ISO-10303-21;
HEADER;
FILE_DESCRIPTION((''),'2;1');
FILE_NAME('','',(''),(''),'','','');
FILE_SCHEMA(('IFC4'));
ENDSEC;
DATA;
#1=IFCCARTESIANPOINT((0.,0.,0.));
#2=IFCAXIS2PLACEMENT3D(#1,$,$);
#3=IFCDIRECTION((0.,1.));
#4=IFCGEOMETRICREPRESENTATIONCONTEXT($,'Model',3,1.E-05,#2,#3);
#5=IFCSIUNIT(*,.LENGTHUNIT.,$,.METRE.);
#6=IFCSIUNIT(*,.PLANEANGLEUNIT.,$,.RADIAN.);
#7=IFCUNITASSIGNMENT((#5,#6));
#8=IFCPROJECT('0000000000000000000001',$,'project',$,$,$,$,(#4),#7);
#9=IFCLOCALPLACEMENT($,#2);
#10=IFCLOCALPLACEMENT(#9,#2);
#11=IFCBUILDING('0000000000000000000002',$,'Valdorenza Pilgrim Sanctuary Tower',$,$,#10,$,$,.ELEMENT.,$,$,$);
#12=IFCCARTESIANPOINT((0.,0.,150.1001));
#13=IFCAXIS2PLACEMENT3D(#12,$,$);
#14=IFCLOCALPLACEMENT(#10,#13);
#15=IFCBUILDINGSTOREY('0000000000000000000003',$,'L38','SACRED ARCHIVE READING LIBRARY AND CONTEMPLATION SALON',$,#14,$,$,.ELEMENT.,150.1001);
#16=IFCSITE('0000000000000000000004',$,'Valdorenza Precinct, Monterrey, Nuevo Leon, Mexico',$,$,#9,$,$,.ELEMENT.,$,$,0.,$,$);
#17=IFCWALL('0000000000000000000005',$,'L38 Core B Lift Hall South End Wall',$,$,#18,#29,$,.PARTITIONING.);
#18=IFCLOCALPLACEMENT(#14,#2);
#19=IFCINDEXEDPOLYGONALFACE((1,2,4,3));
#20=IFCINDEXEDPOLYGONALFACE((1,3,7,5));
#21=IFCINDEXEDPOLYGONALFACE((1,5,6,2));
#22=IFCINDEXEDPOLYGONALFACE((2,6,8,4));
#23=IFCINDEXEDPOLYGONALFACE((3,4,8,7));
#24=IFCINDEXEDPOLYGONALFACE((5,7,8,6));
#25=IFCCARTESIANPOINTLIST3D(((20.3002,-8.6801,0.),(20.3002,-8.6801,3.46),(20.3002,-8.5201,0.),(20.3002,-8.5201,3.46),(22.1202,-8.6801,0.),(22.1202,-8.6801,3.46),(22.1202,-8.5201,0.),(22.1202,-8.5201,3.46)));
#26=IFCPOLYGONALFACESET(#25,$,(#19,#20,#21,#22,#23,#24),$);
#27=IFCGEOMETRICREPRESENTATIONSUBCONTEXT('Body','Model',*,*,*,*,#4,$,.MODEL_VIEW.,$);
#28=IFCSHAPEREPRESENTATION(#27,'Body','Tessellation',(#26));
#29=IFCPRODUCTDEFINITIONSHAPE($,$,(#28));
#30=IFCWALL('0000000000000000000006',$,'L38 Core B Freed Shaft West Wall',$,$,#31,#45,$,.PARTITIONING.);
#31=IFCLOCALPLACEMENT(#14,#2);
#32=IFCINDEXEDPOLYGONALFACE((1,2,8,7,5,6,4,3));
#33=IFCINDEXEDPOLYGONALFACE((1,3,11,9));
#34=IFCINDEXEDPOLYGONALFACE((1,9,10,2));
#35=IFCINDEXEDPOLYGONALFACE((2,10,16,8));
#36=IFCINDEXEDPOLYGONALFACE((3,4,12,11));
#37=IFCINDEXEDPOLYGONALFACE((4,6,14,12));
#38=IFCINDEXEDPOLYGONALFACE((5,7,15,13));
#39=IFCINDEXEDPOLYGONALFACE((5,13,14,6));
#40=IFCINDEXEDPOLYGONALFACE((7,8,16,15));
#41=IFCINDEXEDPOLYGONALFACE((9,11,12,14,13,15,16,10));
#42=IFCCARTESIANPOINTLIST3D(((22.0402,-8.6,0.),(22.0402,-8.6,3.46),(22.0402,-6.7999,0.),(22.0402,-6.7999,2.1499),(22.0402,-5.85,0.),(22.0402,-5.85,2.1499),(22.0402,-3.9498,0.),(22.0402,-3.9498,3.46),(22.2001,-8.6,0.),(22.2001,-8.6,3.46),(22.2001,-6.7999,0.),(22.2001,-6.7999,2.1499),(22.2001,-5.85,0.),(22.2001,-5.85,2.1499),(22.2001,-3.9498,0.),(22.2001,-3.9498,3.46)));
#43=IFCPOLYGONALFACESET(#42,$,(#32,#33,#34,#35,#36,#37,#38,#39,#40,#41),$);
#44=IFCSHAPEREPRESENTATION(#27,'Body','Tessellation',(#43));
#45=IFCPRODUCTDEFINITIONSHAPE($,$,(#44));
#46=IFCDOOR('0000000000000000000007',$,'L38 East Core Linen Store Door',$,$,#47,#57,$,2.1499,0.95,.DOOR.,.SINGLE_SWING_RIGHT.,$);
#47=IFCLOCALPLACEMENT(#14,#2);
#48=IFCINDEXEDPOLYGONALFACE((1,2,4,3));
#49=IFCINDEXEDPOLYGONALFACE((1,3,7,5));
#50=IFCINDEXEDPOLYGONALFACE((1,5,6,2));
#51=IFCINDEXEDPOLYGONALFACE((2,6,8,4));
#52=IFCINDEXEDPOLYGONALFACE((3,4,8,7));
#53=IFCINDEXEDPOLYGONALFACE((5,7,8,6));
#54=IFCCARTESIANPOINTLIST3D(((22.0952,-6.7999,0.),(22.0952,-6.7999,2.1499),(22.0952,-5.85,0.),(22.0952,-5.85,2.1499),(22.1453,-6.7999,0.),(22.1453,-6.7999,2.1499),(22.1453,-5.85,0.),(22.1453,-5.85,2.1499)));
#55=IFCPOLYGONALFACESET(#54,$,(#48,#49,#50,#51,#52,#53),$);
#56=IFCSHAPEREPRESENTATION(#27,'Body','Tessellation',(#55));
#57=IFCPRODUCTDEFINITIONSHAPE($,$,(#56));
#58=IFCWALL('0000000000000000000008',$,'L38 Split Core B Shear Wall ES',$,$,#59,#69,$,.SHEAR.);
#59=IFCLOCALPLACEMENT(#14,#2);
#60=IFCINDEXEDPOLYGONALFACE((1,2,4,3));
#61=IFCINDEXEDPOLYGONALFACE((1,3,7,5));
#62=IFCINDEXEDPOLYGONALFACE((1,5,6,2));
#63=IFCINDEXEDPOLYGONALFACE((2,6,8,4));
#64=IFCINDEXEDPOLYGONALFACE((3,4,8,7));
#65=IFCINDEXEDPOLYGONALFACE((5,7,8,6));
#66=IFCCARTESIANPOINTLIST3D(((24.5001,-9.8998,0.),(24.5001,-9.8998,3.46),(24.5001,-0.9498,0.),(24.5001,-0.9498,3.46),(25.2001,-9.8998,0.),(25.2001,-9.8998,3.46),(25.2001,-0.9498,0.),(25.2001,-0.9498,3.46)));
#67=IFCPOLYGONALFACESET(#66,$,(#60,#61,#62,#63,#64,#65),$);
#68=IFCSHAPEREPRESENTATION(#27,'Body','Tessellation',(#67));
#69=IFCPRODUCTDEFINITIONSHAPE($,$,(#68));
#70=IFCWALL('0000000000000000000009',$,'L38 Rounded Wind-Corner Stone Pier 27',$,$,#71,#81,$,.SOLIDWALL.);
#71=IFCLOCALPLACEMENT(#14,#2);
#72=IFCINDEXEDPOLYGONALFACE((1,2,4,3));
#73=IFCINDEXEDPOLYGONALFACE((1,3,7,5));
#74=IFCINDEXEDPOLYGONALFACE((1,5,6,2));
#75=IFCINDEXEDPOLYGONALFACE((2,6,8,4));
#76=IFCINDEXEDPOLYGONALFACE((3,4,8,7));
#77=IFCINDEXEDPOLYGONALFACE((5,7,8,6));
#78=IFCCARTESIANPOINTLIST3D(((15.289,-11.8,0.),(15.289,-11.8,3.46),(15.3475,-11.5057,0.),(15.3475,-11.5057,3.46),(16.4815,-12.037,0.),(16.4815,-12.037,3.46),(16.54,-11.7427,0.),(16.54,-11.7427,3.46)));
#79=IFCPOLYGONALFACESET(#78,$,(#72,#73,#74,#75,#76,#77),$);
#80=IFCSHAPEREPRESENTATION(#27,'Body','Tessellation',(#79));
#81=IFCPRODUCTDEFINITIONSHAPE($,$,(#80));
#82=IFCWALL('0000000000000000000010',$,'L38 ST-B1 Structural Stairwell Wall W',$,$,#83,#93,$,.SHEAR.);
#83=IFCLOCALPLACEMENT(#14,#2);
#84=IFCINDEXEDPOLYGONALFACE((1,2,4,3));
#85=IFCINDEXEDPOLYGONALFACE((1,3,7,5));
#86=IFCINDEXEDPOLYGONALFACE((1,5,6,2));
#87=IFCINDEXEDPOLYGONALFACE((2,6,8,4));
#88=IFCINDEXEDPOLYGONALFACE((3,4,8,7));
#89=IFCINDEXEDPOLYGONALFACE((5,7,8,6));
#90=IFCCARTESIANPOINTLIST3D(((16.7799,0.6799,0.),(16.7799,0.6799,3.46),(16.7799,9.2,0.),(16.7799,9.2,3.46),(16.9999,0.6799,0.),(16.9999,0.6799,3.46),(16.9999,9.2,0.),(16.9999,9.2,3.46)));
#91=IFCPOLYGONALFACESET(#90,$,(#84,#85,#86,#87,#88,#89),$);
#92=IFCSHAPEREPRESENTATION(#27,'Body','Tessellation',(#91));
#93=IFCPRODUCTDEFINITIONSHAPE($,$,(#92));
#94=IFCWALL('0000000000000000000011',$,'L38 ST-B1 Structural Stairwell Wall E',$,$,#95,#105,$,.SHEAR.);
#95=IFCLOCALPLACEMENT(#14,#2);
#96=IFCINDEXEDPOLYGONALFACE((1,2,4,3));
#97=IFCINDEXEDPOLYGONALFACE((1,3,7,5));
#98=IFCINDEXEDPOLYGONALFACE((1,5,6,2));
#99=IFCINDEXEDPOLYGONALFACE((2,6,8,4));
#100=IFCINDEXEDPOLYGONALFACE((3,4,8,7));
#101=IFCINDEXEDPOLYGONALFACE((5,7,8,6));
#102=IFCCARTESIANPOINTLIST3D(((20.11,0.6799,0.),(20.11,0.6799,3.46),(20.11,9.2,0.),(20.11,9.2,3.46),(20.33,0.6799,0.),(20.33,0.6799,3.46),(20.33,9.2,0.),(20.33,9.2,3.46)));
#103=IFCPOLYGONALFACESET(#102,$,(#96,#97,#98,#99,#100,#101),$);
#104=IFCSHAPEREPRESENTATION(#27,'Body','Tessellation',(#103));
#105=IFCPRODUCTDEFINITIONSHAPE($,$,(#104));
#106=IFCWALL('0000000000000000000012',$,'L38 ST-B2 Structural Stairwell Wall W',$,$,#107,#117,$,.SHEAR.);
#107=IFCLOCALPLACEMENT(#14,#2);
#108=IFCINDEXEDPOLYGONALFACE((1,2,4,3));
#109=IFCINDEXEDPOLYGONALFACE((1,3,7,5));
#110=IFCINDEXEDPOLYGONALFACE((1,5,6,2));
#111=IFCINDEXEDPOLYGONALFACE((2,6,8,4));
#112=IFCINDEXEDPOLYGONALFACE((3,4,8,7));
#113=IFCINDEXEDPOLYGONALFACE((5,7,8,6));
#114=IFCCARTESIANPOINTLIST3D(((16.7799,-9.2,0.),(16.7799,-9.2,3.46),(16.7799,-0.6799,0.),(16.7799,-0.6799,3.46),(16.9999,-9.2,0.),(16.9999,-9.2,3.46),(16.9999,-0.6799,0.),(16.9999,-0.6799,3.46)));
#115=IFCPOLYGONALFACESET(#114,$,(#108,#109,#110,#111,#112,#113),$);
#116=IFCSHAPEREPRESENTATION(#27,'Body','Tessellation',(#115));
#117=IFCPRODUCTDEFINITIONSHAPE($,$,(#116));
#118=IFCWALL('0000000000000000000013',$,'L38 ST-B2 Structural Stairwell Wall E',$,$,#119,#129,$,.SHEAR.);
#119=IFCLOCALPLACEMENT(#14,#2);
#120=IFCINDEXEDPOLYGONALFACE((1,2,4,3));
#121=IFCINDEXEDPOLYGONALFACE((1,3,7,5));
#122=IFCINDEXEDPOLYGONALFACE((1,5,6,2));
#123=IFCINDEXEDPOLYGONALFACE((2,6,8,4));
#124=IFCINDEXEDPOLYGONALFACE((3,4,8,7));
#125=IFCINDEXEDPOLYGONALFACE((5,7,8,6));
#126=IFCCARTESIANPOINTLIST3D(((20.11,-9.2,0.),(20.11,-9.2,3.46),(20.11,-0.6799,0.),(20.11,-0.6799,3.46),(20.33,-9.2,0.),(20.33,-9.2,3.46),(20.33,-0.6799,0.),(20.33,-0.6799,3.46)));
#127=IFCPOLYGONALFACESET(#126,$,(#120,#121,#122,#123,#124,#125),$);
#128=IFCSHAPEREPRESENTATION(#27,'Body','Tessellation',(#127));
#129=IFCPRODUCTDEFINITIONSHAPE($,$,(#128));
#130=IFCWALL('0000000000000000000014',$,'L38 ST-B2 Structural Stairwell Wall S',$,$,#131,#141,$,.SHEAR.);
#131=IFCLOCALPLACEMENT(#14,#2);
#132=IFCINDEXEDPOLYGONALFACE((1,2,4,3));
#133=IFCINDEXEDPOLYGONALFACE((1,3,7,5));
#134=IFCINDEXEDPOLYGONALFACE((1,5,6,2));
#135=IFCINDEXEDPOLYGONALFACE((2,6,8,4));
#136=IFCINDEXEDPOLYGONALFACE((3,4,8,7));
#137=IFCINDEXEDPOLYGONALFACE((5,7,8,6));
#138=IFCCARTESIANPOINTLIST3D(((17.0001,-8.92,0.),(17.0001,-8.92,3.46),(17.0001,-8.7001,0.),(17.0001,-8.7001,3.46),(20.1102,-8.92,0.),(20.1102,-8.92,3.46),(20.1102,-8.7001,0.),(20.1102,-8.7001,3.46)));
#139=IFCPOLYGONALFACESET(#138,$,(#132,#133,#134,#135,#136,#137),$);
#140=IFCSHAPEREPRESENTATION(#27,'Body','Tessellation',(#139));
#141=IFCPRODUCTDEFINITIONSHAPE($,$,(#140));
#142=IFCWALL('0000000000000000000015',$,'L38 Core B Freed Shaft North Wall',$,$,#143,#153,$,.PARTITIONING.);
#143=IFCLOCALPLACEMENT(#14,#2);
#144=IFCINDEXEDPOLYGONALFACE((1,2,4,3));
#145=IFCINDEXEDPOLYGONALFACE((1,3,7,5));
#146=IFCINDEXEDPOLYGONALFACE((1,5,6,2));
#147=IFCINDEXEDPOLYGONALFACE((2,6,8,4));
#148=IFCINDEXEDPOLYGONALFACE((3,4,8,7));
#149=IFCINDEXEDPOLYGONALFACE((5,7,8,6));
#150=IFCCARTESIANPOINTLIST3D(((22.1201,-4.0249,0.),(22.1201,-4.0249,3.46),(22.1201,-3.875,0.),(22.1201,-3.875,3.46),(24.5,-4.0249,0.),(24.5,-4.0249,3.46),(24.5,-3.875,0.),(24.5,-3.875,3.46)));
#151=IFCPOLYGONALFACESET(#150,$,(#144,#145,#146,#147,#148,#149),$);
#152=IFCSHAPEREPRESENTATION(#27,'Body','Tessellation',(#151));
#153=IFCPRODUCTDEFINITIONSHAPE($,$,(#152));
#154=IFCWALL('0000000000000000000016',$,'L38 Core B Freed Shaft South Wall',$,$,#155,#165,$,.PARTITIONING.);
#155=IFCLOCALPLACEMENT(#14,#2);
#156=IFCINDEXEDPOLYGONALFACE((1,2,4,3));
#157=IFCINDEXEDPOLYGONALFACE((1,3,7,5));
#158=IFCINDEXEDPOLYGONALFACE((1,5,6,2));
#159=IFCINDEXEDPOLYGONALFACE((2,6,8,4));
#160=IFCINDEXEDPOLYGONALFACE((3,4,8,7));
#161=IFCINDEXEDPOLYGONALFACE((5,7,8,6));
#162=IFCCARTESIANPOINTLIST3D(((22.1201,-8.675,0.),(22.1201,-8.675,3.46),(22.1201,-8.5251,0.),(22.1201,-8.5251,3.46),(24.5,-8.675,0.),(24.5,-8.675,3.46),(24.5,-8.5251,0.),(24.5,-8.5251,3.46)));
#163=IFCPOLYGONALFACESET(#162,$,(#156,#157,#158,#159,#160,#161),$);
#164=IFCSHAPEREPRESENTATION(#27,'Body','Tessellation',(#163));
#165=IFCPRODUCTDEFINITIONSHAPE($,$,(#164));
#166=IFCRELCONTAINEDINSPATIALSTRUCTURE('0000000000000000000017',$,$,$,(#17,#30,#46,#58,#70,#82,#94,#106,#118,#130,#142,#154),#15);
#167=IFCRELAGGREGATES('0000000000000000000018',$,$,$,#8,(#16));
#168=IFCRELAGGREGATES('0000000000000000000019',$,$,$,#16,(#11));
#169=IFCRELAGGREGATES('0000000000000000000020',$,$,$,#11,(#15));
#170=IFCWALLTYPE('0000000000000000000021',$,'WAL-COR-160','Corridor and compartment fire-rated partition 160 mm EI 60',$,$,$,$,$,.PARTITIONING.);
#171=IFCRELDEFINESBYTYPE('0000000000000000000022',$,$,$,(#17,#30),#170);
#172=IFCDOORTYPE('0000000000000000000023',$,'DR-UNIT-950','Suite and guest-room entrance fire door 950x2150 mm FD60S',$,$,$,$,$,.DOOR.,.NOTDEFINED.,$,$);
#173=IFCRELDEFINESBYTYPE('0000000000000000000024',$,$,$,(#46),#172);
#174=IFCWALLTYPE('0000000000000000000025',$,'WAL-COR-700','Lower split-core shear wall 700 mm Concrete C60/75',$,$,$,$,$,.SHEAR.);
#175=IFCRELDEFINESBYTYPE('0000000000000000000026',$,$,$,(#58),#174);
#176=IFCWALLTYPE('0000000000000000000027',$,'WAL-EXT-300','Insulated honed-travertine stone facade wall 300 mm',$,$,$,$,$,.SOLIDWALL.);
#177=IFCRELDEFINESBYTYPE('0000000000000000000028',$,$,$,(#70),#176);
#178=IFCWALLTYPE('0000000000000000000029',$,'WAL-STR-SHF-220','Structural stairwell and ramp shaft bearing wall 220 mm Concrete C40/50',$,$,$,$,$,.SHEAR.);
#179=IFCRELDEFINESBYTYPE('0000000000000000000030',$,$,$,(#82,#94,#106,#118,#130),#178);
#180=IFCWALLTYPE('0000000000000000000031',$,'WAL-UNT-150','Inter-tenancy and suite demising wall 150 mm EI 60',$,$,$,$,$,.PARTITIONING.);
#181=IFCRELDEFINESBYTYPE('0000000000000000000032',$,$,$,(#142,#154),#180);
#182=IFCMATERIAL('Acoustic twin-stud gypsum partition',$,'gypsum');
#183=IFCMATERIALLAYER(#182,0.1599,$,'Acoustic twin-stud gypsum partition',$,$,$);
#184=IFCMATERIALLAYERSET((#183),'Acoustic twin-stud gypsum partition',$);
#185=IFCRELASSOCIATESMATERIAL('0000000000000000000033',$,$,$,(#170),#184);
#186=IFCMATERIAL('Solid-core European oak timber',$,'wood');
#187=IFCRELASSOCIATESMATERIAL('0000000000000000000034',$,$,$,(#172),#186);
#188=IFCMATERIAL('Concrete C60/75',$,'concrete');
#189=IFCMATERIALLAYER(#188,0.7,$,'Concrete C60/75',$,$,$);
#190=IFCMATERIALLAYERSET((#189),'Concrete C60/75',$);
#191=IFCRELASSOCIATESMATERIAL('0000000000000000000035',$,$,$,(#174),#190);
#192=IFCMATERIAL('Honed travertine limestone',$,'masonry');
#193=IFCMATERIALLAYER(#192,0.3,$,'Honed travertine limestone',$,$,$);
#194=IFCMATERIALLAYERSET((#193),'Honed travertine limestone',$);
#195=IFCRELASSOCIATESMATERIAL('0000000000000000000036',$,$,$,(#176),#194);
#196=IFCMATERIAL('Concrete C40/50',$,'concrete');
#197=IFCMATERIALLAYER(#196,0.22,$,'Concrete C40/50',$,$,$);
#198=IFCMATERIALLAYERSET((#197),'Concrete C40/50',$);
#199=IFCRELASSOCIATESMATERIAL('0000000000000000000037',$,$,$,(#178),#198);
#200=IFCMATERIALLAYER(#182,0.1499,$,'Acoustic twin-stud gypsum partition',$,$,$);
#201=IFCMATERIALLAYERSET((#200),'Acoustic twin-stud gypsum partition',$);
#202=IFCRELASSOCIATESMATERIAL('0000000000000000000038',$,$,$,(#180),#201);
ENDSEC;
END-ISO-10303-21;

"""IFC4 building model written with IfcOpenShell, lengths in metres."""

from ifc_helpers import new_model, si_unit, direction, frame, frame_2d, origin, place, context, subcontext, project, spatial, rectangle, extrude, material, layer, layer_set, type_object, element, fill, save


model = new_model("IFC4")

# Units and contexts
model_context = context("Model", 3, precision=1e-05, world=origin(), true_north=direction((0.0, 1.0)))
body_context = subcontext(model_context, "Body", "Model", "MODEL_VIEW")
ifc_project = project(units=[si_unit("LENGTHUNIT", "METRE"), si_unit("PLANEANGLEUNIT", "RADIAN")], contexts=[model_context])

# Site, building, storey
site_placement = place(None, origin())
site = spatial("IfcSite", under=ifc_project, at=site_placement, Name="Valdorenza Precinct, Monterrey, Nuevo Leon, Mexico", CompositionType="ELEMENT", RefElevation=0.0)
building_placement = place(site_placement, origin())
building = spatial("IfcBuilding", under=site, at=building_placement, Name="Valdorenza Pilgrim Sanctuary Tower", CompositionType="ELEMENT")
storey_placement = place(building_placement, frame((0.0, 0.0, 150.1001)))
storey = spatial("IfcBuildingStorey", under=building, at=storey_placement, Name="L38", Description="SACRED ARCHIVE READING LIBRARY AND CONTEMPLATION SALON", CompositionType="ELEMENT", Elevation=150.1001)

# Shared definitions
ifc_material_1 = material(Name="Concrete C60/75", Category="concrete")

# Shared definitions
ifc_material_2 = material(Name="Honed travertine limestone", Category="masonry")

# Wall
ifc_material_3 = material(Name="Acoustic twin-stud gypsum partition", Category="gypsum")
ifc_layer_1 = layer(ifc_material_3, 0.1599, Name="Acoustic twin-stud gypsum partition")
ifc_layer_set_1 = layer_set([ifc_layer_1], Name="Acoustic twin-stud gypsum partition")
wall_type_1 = type_object("IfcWallType", Name="WAL-COR-160", Description="Corridor and compartment fire-rated partition 160 mm EI 60", PredefinedType="PARTITIONING", material=ifc_layer_set_1)
wall_1_placement = place(storey_placement, frame((20.3, -8.6001, 0.0), z_axis=(0.0, 0.0, 1.0), x_axis=(1.0, 0.0, 0.0)))
element("IfcWall", 1, at=wall_1_placement, inside=storey, type_object=wall_type_1, Name="L38 Core B Lift Hall South End Wall", PredefinedType="PARTITIONING", context=body_context, shape_type="SweptSolid", body=[
    extrude(rectangle(XDim=1.8201, YDim=0.1599, at=frame_2d((0.9102, 0.0))), origin(), (0.0, 0.0, 1.0), 3.46),
])

# Wall, opening, door
wall_2_placement = place(storey_placement, frame((22.1201, -8.6001, 0.0), z_axis=(0.0, 0.0, 1.0), x_axis=(0.0, 1.0, 0.0)))
wall_2 = element("IfcWall", 2, at=wall_2_placement, inside=storey, type_object=wall_type_1, Name="L38 Core B Freed Shaft West Wall", PredefinedType="PARTITIONING", context=body_context, shape_type="SweptSolid", body=[
    extrude(rectangle(XDim=4.6501, YDim=0.1599, at=frame_2d((2.3252, 0.0))), origin(), (0.0, 0.0, 1.0), 3.46),
])
opening_1_placement = place(wall_2_placement, frame((1.8, 0.0, 0.0)))
opening_1 = element("IfcOpeningElement", 3, at=opening_1_placement, cuts=wall_2, PredefinedType="OPENING", context=body_context, shape_type="SweptSolid", body=[
    extrude(rectangle(XDim=0.95, YDim=2.1499, at=frame_2d((0.4751, 1.075))), frame((0.0, 0.0947, 0.0), z_axis=(0.0, -1.0, 0.0), x_axis=(1.0, 0.0, 0.0)), (0.0, 0.0, 1.0), 0.1897),
])
ifc_material_4 = material(Name="Solid-core European oak timber", Category="wood")
door_type_1 = type_object("IfcDoorType", Name="DR-UNIT-950", Description="Suite and guest-room entrance fire door 950x2150 mm FD60S", OperationType="NOTDEFINED", PredefinedType="DOOR", material=ifc_material_4)
door_1_placement = place(opening_1_placement, origin())
door_1 = element("IfcDoor", 4, at=door_1_placement, inside=storey, type_object=door_type_1, Name="L38 East Core Linen Store Door", OperationType="SINGLE_SWING_RIGHT", OverallHeight=2.1499, OverallWidth=0.95, PredefinedType="DOOR", context=body_context, shape_type="SweptSolid", body=[
    extrude(rectangle(XDim=0.95, YDim=2.1499, at=frame_2d((0.4751, 1.075))), frame((0.0, 0.0249, 0.0), z_axis=(0.0, -1.0, 0.0), x_axis=(1.0, 0.0, 0.0)), (0.0, 0.0, 1.0), 0.05),
])
fill(opening_1, door_1)

# Walls
ifc_layer_2 = layer(ifc_material_1, 0.7, Name="Concrete C60/75")
ifc_layer_set_2 = layer_set([ifc_layer_2], Name="Concrete C60/75")
wall_type_2 = type_object("IfcWallType", Name="WAL-COR-700", Description="Lower split-core shear wall 700 mm Concrete C60/75", PredefinedType="SHEAR", material=ifc_layer_set_2)
wall_3_placement = place(storey_placement, frame((24.8501, -9.8999, 0.0), z_axis=(0.0, 0.0, 1.0), x_axis=(0.0, 1.0, 0.0)))
element("IfcWall", 5, at=wall_3_placement, inside=storey, type_object=wall_type_2, Name="L38 Split Core B Shear Wall ES", PredefinedType="SHEAR", context=body_context, shape_type="SweptSolid", body=[
    extrude(rectangle(XDim=8.95, YDim=0.7, at=frame_2d((4.4751, 0.0))), origin(), (0.0, 0.0, 1.0), 3.46),
])
ifc_layer_3 = layer(ifc_material_2, 0.3, Name="Honed travertine limestone")
ifc_layer_set_3 = layer_set([ifc_layer_3], Name="Honed travertine limestone")
wall_type_3 = type_object("IfcWallType", Name="WAL-EXT-300", Description="Insulated honed-travertine stone facade wall 300 mm", PredefinedType="SOLIDWALL", material=ifc_layer_set_3)
wall_4_placement = place(storey_placement, frame((16.5107, -11.8899, 0.0), z_axis=(0.0, 0.0, 1.0), x_axis=(-0.980804, 0.194996, 0.0)))
element("IfcWall", 6, at=wall_4_placement, inside=storey, type_object=wall_type_3, Name="L38 Rounded Wind-Corner Stone Pier 27", PredefinedType="SOLIDWALL", context=body_context, shape_type="SweptSolid", body=[
    extrude(rectangle(XDim=1.2158, YDim=0.3, at=frame_2d((0.6079, 0.0))), origin(), (0.0, 0.0, 1.0), 3.46),
])

# Walls
ifc_material_5 = material(Name="Concrete C40/50", Category="concrete")
ifc_layer_4 = layer(ifc_material_5, 0.22, Name="Concrete C40/50")
ifc_layer_set_4 = layer_set([ifc_layer_4], Name="Concrete C40/50")
wall_type_4 = type_object("IfcWallType", Name="WAL-STR-SHF-220", Description="Structural stairwell and ramp shaft bearing wall 220 mm Concrete C40/50", PredefinedType="SHEAR", material=ifc_layer_set_4)
for number, where, z_axis, x_axis, name in (
    (7, (16.8899, 0.6799, 0.0), (0.0, 0.0, 1.0), (0.0, 1.0, 0.0), "L38 ST-B1 Structural Stairwell Wall W"),
    (8, (20.22, 0.6799, 0.0), (0.0, 0.0, 1.0), (0.0, 1.0, 0.0), "L38 ST-B1 Structural Stairwell Wall E"),
):
    element("IfcWall", number, at=place(storey_placement, frame(where, z_axis=z_axis, x_axis=x_axis)), inside=storey, type_object=wall_type_4, Name=name, PredefinedType="SHEAR", context=body_context, shape_type="SweptSolid", body=[
        extrude(rectangle(XDim=8.52, YDim=0.22, at=frame_2d((4.26, 0.0))), origin(), (0.0, 0.0, 1.0), 3.46),
    ])

# Walls
for number, where, z_axis, x_axis, name in (
    (9, (16.8899, -9.2, 0.0), (0.0, 0.0, 1.0), (0.0, 1.0, 0.0), "L38 ST-B2 Structural Stairwell Wall W"),
    (10, (20.22, -9.2, 0.0), (0.0, 0.0, 1.0), (0.0, 1.0, 0.0), "L38 ST-B2 Structural Stairwell Wall E"),
):
    element("IfcWall", number, at=place(storey_placement, frame(where, z_axis=z_axis, x_axis=x_axis)), inside=storey, type_object=wall_type_4, Name=name, PredefinedType="SHEAR", context=body_context, shape_type="SweptSolid", body=[
        extrude(rectangle(XDim=8.52, YDim=0.22, at=frame_2d((4.26, 0.0))), origin(), (0.0, 0.0, 1.0), 3.46),
    ])
wall_5_placement = place(storey_placement, frame((17.0, -8.8101, 0.0), z_axis=(0.0, 0.0, 1.0), x_axis=(1.0, 0.0, 0.0)))
element("IfcWall", 11, at=wall_5_placement, inside=storey, type_object=wall_type_4, Name="L38 ST-B2 Structural Stairwell Wall S", PredefinedType="SHEAR", context=body_context, shape_type="SweptSolid", body=[
    extrude(rectangle(XDim=3.1101, YDim=0.22, at=frame_2d((1.5552, 0.0))), origin(), (0.0, 0.0, 1.0), 3.46),
])

# Walls
ifc_layer_5 = layer(ifc_material_3, 0.1499, Name="Acoustic twin-stud gypsum partition")
ifc_layer_set_5 = layer_set([ifc_layer_5], Name="Acoustic twin-stud gypsum partition")
wall_type_5 = type_object("IfcWallType", Name="WAL-UNT-150", Description="Inter-tenancy and suite demising wall 150 mm EI 60", PredefinedType="PARTITIONING", material=ifc_layer_set_5)
for number, where, z_axis, x_axis, name in (
    (12, (22.1201, -3.95, 0.0), (0.0, 0.0, 1.0), (1.0, 0.0, 0.0), "L38 Core B Freed Shaft North Wall"),
    (13, (22.1201, -8.6001, 0.0), (0.0, 0.0, 1.0), (1.0, 0.0, 0.0), "L38 Core B Freed Shaft South Wall"),
):
    element("IfcWall", number, at=place(storey_placement, frame(where, z_axis=z_axis, x_axis=x_axis)), inside=storey, type_object=wall_type_5, Name=name, PredefinedType="PARTITIONING", context=body_context, shape_type="SweptSolid", body=[
        extrude(rectangle(XDim=2.3799, YDim=0.1499, at=frame_2d((1.1899, 0.0))), origin(), (0.0, 0.0, 1.0), 3.46),
    ])

save(model, "model.ifc")
